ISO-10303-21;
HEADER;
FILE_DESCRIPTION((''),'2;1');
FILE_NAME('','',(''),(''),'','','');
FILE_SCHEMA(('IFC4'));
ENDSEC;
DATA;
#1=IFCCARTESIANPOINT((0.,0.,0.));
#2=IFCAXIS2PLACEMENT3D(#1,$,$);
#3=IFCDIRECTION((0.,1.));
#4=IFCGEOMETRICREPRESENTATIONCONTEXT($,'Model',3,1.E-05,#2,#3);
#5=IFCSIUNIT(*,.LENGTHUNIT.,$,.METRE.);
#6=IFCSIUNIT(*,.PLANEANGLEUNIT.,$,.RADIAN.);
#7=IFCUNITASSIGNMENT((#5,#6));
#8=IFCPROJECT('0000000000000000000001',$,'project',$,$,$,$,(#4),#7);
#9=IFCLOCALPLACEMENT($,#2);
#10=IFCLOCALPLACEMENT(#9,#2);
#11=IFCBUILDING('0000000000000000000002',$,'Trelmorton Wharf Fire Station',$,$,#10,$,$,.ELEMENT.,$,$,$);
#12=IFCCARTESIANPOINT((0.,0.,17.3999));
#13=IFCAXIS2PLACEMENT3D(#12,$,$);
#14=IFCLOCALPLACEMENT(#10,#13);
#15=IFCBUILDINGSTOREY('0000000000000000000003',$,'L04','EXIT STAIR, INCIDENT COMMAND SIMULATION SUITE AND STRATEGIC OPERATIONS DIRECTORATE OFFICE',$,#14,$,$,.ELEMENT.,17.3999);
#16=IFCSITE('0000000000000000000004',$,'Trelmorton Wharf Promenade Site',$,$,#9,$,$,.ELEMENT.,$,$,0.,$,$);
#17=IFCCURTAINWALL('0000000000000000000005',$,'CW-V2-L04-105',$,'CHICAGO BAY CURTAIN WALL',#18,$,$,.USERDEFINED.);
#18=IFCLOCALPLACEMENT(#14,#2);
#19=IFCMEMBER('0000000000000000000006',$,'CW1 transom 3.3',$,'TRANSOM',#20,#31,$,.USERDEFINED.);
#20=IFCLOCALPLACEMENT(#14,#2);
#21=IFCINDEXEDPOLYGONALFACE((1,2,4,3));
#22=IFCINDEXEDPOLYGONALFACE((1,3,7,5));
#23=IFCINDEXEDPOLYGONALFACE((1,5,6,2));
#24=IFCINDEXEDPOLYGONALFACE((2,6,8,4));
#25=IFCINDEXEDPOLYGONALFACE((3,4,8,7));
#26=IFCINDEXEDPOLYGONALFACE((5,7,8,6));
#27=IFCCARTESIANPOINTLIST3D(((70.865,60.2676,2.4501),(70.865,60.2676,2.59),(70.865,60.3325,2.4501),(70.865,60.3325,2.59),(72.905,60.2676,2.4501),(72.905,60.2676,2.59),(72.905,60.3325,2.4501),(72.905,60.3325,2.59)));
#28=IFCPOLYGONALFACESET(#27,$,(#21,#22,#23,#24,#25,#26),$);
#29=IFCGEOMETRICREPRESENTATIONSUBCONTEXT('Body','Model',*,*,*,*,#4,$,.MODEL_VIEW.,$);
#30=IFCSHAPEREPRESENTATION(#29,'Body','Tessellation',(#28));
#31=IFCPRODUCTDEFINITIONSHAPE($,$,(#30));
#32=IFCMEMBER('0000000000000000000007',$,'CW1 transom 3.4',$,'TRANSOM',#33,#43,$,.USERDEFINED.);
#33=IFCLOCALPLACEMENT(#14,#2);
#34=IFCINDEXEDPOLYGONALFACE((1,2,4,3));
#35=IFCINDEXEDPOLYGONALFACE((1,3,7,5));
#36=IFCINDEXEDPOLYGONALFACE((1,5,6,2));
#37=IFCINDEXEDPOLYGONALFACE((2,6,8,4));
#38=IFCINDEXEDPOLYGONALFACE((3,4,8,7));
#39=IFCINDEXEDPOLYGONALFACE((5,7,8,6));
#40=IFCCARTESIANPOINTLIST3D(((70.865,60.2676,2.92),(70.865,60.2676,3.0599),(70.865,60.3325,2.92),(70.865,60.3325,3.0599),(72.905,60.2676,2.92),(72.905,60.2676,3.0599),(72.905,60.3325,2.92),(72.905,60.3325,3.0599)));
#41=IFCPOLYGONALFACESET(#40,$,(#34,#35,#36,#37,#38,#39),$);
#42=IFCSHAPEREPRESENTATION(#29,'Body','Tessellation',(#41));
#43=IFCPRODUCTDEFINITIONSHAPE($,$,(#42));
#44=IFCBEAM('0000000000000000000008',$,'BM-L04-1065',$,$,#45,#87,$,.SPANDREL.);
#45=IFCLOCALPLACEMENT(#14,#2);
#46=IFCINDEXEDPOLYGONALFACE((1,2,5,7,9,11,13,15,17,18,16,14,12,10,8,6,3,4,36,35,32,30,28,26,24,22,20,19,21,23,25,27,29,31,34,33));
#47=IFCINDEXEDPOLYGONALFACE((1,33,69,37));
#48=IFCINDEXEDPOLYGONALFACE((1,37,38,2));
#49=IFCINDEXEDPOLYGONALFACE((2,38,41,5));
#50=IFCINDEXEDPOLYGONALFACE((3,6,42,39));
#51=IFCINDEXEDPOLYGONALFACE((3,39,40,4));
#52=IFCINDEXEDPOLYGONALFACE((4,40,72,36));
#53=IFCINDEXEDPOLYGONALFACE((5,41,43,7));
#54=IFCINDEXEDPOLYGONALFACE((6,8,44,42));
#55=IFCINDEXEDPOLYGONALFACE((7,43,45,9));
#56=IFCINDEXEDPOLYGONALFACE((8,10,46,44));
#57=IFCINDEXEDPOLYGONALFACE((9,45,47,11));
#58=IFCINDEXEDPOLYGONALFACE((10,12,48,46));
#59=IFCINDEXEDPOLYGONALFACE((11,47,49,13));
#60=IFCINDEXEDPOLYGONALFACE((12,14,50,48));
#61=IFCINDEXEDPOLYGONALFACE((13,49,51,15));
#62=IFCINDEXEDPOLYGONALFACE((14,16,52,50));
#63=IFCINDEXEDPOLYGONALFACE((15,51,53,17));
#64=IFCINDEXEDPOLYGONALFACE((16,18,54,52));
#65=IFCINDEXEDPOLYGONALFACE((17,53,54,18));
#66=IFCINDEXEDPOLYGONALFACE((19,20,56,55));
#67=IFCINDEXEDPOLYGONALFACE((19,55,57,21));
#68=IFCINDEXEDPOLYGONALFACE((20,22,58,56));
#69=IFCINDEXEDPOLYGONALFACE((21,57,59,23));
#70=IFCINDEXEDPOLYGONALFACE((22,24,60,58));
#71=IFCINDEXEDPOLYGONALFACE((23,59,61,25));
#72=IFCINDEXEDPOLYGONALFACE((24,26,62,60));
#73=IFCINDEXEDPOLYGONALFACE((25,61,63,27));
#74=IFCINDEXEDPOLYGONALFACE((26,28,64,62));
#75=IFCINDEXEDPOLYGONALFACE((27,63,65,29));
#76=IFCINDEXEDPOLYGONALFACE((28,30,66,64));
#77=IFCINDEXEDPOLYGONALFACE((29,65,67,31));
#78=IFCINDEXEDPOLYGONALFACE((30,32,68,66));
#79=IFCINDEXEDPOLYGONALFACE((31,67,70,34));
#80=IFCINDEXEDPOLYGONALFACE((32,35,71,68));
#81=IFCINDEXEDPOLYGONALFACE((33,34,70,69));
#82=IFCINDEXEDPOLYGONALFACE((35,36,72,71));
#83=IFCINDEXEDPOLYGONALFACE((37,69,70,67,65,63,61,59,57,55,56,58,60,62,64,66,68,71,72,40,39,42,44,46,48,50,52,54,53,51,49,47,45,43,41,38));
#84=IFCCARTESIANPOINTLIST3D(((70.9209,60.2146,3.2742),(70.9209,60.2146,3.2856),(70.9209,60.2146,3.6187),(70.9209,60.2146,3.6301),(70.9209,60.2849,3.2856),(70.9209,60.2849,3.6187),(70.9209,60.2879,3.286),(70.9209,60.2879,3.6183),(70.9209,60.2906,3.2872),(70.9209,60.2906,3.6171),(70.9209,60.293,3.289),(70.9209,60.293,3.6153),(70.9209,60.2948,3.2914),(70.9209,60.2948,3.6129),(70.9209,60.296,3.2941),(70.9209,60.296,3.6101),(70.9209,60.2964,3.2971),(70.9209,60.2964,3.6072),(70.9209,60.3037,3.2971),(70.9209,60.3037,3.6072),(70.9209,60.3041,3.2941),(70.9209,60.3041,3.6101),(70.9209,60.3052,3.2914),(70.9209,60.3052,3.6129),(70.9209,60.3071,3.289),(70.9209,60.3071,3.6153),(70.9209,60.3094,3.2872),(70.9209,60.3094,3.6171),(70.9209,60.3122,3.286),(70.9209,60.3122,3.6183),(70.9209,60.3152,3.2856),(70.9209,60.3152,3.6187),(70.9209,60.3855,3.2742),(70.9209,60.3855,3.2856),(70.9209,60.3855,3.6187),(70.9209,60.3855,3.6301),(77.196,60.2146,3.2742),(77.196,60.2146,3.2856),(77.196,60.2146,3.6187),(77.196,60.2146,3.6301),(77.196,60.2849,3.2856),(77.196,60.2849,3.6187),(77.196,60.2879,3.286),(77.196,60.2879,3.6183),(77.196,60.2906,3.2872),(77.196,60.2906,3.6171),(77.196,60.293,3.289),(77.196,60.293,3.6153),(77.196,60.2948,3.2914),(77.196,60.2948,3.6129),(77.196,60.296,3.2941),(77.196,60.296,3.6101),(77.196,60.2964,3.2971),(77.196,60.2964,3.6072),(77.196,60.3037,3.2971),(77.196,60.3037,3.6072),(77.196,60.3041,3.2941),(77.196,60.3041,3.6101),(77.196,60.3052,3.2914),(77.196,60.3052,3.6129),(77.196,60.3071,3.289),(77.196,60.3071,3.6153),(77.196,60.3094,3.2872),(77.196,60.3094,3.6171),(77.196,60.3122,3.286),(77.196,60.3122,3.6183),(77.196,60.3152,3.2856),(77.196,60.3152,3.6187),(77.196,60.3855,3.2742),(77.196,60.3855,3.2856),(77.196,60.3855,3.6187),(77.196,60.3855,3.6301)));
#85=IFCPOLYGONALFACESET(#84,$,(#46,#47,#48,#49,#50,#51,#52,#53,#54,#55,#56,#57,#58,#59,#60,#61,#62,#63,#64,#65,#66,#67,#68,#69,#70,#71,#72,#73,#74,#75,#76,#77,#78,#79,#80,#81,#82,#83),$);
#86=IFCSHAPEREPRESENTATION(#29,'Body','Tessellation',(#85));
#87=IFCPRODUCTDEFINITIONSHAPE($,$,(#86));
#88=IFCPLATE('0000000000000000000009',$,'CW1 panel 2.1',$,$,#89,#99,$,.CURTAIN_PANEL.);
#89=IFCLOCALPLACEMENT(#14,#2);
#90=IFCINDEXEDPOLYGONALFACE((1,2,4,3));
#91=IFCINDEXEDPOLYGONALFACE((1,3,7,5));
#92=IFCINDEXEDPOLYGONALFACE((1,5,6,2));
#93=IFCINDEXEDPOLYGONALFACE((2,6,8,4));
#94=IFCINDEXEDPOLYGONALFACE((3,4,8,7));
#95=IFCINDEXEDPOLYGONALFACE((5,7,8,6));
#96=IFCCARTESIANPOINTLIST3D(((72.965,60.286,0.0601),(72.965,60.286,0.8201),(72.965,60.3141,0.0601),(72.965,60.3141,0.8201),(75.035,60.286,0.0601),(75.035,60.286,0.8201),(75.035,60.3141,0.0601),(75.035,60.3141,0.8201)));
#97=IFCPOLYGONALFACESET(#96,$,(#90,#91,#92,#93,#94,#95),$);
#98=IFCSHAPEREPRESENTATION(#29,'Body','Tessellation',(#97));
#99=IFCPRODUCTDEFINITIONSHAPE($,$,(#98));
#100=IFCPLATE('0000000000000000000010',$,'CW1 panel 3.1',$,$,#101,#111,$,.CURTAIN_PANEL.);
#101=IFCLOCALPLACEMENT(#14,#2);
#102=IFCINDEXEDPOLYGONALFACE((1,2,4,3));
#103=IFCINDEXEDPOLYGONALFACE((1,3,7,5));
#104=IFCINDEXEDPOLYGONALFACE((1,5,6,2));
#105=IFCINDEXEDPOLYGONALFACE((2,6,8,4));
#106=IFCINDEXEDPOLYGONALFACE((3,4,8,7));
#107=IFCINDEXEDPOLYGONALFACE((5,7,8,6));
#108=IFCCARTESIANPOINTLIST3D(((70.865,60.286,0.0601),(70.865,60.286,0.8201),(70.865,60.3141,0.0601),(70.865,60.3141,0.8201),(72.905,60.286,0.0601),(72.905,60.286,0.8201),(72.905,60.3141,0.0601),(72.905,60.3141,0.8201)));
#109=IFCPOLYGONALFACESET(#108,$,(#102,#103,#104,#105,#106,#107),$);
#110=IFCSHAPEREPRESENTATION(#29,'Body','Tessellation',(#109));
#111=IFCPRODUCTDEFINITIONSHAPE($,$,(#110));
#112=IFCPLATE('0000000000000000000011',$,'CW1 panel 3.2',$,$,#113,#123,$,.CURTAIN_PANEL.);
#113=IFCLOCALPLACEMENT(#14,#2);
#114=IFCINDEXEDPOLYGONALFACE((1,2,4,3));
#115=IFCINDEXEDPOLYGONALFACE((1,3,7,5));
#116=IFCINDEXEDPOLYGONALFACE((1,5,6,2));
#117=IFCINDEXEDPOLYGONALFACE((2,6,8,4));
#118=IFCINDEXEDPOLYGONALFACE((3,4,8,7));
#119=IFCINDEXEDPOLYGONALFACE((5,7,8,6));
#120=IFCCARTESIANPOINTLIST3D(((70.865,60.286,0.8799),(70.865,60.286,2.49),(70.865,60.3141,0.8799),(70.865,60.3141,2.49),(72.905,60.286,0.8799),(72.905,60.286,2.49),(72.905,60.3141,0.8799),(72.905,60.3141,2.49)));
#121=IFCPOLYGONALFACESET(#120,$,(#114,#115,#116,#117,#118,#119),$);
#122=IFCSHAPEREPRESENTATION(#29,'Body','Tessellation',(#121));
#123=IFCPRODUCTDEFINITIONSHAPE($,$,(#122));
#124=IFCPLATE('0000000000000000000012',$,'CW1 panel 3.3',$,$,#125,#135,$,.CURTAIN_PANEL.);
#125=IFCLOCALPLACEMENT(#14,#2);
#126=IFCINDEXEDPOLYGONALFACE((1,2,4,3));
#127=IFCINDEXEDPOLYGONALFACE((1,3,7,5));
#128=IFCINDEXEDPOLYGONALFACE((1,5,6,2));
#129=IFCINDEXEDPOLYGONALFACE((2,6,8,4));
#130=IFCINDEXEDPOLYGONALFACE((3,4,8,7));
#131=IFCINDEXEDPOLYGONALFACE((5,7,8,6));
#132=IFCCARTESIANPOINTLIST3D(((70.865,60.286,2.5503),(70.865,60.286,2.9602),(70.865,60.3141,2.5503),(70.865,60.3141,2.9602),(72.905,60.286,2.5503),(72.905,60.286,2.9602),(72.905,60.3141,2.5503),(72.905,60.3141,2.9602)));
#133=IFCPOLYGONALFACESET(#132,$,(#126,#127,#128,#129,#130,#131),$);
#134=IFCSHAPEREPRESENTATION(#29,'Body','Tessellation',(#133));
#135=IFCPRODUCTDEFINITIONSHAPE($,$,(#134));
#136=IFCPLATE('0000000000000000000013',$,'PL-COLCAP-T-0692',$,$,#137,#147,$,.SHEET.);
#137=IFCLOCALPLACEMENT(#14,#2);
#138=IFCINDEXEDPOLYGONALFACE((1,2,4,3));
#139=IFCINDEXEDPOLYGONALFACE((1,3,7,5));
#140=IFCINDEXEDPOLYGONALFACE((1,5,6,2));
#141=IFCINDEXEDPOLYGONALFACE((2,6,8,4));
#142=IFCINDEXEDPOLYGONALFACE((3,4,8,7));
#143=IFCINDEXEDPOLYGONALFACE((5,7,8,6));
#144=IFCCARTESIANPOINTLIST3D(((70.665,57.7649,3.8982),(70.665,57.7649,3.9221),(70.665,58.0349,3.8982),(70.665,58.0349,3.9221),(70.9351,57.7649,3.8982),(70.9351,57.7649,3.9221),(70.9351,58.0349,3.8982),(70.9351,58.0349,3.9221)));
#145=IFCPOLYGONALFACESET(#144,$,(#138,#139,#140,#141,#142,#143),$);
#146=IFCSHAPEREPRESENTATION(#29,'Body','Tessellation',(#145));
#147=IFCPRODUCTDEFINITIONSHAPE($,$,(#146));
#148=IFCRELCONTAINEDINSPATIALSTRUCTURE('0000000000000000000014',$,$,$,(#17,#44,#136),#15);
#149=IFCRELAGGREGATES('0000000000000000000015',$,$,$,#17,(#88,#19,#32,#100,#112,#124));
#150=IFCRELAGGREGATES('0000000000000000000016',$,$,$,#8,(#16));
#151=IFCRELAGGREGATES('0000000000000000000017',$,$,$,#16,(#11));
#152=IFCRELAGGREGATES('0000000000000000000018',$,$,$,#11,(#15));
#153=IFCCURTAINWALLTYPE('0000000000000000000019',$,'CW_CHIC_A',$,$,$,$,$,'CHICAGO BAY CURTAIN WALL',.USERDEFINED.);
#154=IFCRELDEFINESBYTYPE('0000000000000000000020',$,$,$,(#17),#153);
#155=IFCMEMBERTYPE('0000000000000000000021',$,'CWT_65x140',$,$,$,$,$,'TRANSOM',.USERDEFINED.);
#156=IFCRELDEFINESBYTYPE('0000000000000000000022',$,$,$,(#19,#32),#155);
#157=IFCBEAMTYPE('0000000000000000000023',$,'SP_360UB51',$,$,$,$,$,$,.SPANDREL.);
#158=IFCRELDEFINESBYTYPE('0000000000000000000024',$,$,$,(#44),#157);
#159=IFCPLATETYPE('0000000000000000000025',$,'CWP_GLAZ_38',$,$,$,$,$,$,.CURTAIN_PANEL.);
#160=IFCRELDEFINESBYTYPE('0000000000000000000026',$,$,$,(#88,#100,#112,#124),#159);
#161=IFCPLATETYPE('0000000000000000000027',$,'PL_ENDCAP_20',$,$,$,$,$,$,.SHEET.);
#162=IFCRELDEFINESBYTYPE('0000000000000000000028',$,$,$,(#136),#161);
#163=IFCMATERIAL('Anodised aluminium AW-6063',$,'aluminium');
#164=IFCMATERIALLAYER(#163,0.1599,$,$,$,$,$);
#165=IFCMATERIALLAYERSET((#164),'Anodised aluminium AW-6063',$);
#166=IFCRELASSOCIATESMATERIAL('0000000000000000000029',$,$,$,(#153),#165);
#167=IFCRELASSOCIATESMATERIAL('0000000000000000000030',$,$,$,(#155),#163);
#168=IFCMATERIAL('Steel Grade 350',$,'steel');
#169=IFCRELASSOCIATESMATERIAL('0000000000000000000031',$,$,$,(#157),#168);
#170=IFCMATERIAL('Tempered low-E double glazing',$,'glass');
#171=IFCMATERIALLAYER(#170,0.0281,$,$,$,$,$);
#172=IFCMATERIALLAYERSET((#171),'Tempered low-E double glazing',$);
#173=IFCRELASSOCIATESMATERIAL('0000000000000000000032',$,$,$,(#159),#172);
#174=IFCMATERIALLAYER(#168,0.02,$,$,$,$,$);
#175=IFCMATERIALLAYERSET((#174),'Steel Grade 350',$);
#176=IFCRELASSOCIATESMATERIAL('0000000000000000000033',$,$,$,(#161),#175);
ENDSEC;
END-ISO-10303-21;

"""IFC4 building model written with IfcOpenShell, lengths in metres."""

from ifc_helpers import new_model, si_unit, direction, frame, origin, origin_2d, place, context, subcontext, project, spatial, rectangle, i_section, extrude, material, layer, layer_set, material_profile, profile_set, type_object, element, aggregate, save


model = new_model("IFC4")

# Units and contexts
model_context = context("Model", 3, precision=1e-05, world=origin(), true_north=direction((0.0, 1.0)))
body_context = subcontext(model_context, "Body", "Model", "MODEL_VIEW")
ifc_project = project(units=[si_unit("LENGTHUNIT", "METRE"), si_unit("PLANEANGLEUNIT", "RADIAN")], contexts=[model_context])

# Site, building, storey
site_placement = place(None, origin())
site = spatial("IfcSite", under=ifc_project, at=site_placement, Name="Trelmorton Wharf Promenade Site", CompositionType="ELEMENT", RefElevation=0.0)
building_placement = place(site_placement, origin())
building = spatial("IfcBuilding", under=site, at=building_placement, Name="Trelmorton Wharf Fire Station", CompositionType="ELEMENT")
storey_placement = place(building_placement, frame((0.0, 0.0, 17.3999)))
storey = spatial("IfcBuildingStorey", under=building, at=storey_placement, Name="L04", Description="EXIT STAIR, INCIDENT COMMAND SIMULATION SUITE AND STRATEGIC OPERATIONS DIRECTORATE OFFICE", CompositionType="ELEMENT", Elevation=17.3999)

# Shared definitions
ifc_material_1 = material(Name="Steel Grade 350", Category="steel")

# Curtain wall, members
ifc_material_2 = material(Name="Anodised aluminium AW-6063", Category="aluminium")
ifc_layer_1 = layer(ifc_material_2, 0.1599)
ifc_layer_set_1 = layer_set([ifc_layer_1], Name="Anodised aluminium AW-6063")
curtain_wall_type = type_object("IfcCurtainWallType", Name="CW_CHIC_A", ElementType="CHICAGO BAY CURTAIN WALL", PredefinedType="USERDEFINED", material=ifc_layer_set_1)
curtain_wall_placement = place(storey_placement, origin())
curtain_wall = element("IfcCurtainWall", 1, at=curtain_wall_placement, inside=storey, type_object=curtain_wall_type, Name="CW-V2-L04-105", ObjectType="CHICAGO BAY CURTAIN WALL", PredefinedType="USERDEFINED")
ifc_material_profile_1 = material_profile(ifc_material_2, rectangle(XDim=0.0649, YDim=0.1399, at=origin_2d()), Name="ALU-65x140")
ifc_profile_set_1 = profile_set([ifc_material_profile_1], Name="Anodised aluminium AW-6063")
member_type_1 = type_object("IfcMemberType", Name="CWT_65x140", ElementType="TRANSOM", PredefinedType="USERDEFINED", material=ifc_profile_set_1)
member_1_placement = place(storey_placement, frame((72.905, 60.3, 2.52), z_axis=(-1.0, 0.0, 0.0), x_axis=(0.0, -1.0, 0.0)))
member_1 = element("IfcMember", 2, at=member_1_placement, type_object=member_type_1, Name="CW1 transom 3.3", ObjectType="TRANSOM", PredefinedType="USERDEFINED", context=body_context, shape_type="SweptSolid", body=[
    extrude(rectangle(XDim=0.0649, YDim=0.1399, at=origin_2d()), origin(), (0.0, 0.0, 1.0), 2.04),
])
member_2_placement = place(storey_placement, frame((72.905, 60.3, 2.99), z_axis=(-1.0, 0.0, 0.0), x_axis=(0.0, -1.0, 0.0)))
member_2 = element("IfcMember", 3, at=member_2_placement, type_object=member_type_1, Name="CW1 transom 3.4", ObjectType="TRANSOM", PredefinedType="USERDEFINED", context=body_context, shape_type="SweptSolid", body=[
    extrude(rectangle(XDim=0.0649, YDim=0.1399, at=origin_2d()), origin(), (0.0, 0.0, 1.0), 2.04),
])

# Beam
ifc_material_profile_2 = material_profile(ifc_material_1, i_section(OverallWidth=0.1709, OverallDepth=0.356, WebThickness=0.0073, FlangeThickness=0.0115, FilletRadius=0.0115, at=origin_2d()), Name="360UB50.7")
ifc_profile_set_2 = profile_set([ifc_material_profile_2], Name="Steel Grade 350")
beam_type_1 = type_object("IfcBeamType", Name="SP_360UB51", PredefinedType="SPANDREL", material=ifc_profile_set_2)
beam_1_placement = place(storey_placement, frame((70.9209, 60.3, 3.4521), z_axis=(1.0, 0.0, 0.0), x_axis=(0.0, 1.0, 0.0)))
element("IfcBeam", 4, at=beam_1_placement, inside=storey, type_object=beam_type_1, Name="BM-L04-1065", PredefinedType="SPANDREL", context=body_context, shape_type="SweptSolid", body=[
    extrude(i_section(OverallWidth=0.1709, OverallDepth=0.356, WebThickness=0.0073, FlangeThickness=0.0115, FilletRadius=0.0115, at=origin_2d()), origin(), (0.0, 0.0, 1.0), 6.2751),
])

# Plates
ifc_material_3 = material(Name="Tempered low-E double glazing", Category="glass")
ifc_layer_2 = layer(ifc_material_3, 0.0281)
ifc_layer_set_2 = layer_set([ifc_layer_2], Name="Tempered low-E double glazing")
plate_type_1 = type_object("IfcPlateType", Name="CWP_GLAZ_38", PredefinedType="CURTAIN_PANEL", material=ifc_layer_set_2)
plate_1_placement = place(storey_placement, frame((74.0, 60.3, 0.0601), z_axis=(0.0, 0.0, 1.0), x_axis=(-1.0, 0.0, 0.0)))
plate_1 = element("IfcPlate", 5, at=plate_1_placement, type_object=plate_type_1, Name="CW1 panel 2.1", PredefinedType="CURTAIN_PANEL", context=body_context, shape_type="SweptSolid", body=[
    extrude(rectangle(XDim=2.0701, YDim=0.0281, at=origin_2d()), origin(), (0.0, 0.0, 1.0), 0.76),
])
plate_2_placement = place(storey_placement, frame((71.885, 60.3, 0.0601), z_axis=(0.0, 0.0, 1.0), x_axis=(-1.0, 0.0, 0.0)))
plate_2 = element("IfcPlate", 6, at=plate_2_placement, type_object=plate_type_1, Name="CW1 panel 3.1", PredefinedType="CURTAIN_PANEL", context=body_context, shape_type="SweptSolid", body=[
    extrude(rectangle(XDim=2.04, YDim=0.0281, at=origin_2d()), origin(), (0.0, 0.0, 1.0), 0.76),
])
plate_3_placement = place(storey_placement, frame((71.885, 60.3, 0.8799), z_axis=(0.0, 0.0, 1.0), x_axis=(-1.0, 0.0, 0.0)))
plate_3 = element("IfcPlate", 7, at=plate_3_placement, type_object=plate_type_1, Name="CW1 panel 3.2", PredefinedType="CURTAIN_PANEL", context=body_context, shape_type="SweptSolid", body=[
    extrude(rectangle(XDim=2.04, YDim=0.0281, at=origin_2d()), origin(), (0.0, 0.0, 1.0), 1.6101),
])
plate_4_placement = place(storey_placement, frame((71.885, 60.3, 2.5503), z_axis=(0.0, 0.0, 1.0), x_axis=(-1.0, 0.0, 0.0)))
plate_4 = element("IfcPlate", 8, at=plate_4_placement, type_object=plate_type_1, Name="CW1 panel 3.3", PredefinedType="CURTAIN_PANEL", context=body_context, shape_type="SweptSolid", body=[
    extrude(rectangle(XDim=2.04, YDim=0.0281, at=origin_2d()), origin(), (0.0, 0.0, 1.0), 0.4099),
])
aggregate(curtain_wall, [plate_1, member_1, member_2, plate_2, plate_3, plate_4])
ifc_layer_3 = layer(ifc_material_1, 0.02)
ifc_layer_set_3 = layer_set([ifc_layer_3], Name="Steel Grade 350")
plate_type_2 = type_object("IfcPlateType", Name="PL_ENDCAP_20", PredefinedType="SHEET", material=ifc_layer_set_3)
plate_5_placement = place(storey_placement, frame((70.8, 57.8999, 3.8982), z_axis=(0.0, 0.0, 1.0), x_axis=(1.0, 0.0, 0.0)))
element("IfcPlate", 9, at=plate_5_placement, inside=storey, type_object=plate_type_2, Name="PL-COLCAP-T-0692", PredefinedType="SHEET", context=body_context, shape_type="SweptSolid", body=[
    extrude(rectangle(XDim=0.27, YDim=0.27, at=origin_2d()), origin(), (0.0, 0.0, 1.0), 0.0239),
])

save(model, "model.ifc")
